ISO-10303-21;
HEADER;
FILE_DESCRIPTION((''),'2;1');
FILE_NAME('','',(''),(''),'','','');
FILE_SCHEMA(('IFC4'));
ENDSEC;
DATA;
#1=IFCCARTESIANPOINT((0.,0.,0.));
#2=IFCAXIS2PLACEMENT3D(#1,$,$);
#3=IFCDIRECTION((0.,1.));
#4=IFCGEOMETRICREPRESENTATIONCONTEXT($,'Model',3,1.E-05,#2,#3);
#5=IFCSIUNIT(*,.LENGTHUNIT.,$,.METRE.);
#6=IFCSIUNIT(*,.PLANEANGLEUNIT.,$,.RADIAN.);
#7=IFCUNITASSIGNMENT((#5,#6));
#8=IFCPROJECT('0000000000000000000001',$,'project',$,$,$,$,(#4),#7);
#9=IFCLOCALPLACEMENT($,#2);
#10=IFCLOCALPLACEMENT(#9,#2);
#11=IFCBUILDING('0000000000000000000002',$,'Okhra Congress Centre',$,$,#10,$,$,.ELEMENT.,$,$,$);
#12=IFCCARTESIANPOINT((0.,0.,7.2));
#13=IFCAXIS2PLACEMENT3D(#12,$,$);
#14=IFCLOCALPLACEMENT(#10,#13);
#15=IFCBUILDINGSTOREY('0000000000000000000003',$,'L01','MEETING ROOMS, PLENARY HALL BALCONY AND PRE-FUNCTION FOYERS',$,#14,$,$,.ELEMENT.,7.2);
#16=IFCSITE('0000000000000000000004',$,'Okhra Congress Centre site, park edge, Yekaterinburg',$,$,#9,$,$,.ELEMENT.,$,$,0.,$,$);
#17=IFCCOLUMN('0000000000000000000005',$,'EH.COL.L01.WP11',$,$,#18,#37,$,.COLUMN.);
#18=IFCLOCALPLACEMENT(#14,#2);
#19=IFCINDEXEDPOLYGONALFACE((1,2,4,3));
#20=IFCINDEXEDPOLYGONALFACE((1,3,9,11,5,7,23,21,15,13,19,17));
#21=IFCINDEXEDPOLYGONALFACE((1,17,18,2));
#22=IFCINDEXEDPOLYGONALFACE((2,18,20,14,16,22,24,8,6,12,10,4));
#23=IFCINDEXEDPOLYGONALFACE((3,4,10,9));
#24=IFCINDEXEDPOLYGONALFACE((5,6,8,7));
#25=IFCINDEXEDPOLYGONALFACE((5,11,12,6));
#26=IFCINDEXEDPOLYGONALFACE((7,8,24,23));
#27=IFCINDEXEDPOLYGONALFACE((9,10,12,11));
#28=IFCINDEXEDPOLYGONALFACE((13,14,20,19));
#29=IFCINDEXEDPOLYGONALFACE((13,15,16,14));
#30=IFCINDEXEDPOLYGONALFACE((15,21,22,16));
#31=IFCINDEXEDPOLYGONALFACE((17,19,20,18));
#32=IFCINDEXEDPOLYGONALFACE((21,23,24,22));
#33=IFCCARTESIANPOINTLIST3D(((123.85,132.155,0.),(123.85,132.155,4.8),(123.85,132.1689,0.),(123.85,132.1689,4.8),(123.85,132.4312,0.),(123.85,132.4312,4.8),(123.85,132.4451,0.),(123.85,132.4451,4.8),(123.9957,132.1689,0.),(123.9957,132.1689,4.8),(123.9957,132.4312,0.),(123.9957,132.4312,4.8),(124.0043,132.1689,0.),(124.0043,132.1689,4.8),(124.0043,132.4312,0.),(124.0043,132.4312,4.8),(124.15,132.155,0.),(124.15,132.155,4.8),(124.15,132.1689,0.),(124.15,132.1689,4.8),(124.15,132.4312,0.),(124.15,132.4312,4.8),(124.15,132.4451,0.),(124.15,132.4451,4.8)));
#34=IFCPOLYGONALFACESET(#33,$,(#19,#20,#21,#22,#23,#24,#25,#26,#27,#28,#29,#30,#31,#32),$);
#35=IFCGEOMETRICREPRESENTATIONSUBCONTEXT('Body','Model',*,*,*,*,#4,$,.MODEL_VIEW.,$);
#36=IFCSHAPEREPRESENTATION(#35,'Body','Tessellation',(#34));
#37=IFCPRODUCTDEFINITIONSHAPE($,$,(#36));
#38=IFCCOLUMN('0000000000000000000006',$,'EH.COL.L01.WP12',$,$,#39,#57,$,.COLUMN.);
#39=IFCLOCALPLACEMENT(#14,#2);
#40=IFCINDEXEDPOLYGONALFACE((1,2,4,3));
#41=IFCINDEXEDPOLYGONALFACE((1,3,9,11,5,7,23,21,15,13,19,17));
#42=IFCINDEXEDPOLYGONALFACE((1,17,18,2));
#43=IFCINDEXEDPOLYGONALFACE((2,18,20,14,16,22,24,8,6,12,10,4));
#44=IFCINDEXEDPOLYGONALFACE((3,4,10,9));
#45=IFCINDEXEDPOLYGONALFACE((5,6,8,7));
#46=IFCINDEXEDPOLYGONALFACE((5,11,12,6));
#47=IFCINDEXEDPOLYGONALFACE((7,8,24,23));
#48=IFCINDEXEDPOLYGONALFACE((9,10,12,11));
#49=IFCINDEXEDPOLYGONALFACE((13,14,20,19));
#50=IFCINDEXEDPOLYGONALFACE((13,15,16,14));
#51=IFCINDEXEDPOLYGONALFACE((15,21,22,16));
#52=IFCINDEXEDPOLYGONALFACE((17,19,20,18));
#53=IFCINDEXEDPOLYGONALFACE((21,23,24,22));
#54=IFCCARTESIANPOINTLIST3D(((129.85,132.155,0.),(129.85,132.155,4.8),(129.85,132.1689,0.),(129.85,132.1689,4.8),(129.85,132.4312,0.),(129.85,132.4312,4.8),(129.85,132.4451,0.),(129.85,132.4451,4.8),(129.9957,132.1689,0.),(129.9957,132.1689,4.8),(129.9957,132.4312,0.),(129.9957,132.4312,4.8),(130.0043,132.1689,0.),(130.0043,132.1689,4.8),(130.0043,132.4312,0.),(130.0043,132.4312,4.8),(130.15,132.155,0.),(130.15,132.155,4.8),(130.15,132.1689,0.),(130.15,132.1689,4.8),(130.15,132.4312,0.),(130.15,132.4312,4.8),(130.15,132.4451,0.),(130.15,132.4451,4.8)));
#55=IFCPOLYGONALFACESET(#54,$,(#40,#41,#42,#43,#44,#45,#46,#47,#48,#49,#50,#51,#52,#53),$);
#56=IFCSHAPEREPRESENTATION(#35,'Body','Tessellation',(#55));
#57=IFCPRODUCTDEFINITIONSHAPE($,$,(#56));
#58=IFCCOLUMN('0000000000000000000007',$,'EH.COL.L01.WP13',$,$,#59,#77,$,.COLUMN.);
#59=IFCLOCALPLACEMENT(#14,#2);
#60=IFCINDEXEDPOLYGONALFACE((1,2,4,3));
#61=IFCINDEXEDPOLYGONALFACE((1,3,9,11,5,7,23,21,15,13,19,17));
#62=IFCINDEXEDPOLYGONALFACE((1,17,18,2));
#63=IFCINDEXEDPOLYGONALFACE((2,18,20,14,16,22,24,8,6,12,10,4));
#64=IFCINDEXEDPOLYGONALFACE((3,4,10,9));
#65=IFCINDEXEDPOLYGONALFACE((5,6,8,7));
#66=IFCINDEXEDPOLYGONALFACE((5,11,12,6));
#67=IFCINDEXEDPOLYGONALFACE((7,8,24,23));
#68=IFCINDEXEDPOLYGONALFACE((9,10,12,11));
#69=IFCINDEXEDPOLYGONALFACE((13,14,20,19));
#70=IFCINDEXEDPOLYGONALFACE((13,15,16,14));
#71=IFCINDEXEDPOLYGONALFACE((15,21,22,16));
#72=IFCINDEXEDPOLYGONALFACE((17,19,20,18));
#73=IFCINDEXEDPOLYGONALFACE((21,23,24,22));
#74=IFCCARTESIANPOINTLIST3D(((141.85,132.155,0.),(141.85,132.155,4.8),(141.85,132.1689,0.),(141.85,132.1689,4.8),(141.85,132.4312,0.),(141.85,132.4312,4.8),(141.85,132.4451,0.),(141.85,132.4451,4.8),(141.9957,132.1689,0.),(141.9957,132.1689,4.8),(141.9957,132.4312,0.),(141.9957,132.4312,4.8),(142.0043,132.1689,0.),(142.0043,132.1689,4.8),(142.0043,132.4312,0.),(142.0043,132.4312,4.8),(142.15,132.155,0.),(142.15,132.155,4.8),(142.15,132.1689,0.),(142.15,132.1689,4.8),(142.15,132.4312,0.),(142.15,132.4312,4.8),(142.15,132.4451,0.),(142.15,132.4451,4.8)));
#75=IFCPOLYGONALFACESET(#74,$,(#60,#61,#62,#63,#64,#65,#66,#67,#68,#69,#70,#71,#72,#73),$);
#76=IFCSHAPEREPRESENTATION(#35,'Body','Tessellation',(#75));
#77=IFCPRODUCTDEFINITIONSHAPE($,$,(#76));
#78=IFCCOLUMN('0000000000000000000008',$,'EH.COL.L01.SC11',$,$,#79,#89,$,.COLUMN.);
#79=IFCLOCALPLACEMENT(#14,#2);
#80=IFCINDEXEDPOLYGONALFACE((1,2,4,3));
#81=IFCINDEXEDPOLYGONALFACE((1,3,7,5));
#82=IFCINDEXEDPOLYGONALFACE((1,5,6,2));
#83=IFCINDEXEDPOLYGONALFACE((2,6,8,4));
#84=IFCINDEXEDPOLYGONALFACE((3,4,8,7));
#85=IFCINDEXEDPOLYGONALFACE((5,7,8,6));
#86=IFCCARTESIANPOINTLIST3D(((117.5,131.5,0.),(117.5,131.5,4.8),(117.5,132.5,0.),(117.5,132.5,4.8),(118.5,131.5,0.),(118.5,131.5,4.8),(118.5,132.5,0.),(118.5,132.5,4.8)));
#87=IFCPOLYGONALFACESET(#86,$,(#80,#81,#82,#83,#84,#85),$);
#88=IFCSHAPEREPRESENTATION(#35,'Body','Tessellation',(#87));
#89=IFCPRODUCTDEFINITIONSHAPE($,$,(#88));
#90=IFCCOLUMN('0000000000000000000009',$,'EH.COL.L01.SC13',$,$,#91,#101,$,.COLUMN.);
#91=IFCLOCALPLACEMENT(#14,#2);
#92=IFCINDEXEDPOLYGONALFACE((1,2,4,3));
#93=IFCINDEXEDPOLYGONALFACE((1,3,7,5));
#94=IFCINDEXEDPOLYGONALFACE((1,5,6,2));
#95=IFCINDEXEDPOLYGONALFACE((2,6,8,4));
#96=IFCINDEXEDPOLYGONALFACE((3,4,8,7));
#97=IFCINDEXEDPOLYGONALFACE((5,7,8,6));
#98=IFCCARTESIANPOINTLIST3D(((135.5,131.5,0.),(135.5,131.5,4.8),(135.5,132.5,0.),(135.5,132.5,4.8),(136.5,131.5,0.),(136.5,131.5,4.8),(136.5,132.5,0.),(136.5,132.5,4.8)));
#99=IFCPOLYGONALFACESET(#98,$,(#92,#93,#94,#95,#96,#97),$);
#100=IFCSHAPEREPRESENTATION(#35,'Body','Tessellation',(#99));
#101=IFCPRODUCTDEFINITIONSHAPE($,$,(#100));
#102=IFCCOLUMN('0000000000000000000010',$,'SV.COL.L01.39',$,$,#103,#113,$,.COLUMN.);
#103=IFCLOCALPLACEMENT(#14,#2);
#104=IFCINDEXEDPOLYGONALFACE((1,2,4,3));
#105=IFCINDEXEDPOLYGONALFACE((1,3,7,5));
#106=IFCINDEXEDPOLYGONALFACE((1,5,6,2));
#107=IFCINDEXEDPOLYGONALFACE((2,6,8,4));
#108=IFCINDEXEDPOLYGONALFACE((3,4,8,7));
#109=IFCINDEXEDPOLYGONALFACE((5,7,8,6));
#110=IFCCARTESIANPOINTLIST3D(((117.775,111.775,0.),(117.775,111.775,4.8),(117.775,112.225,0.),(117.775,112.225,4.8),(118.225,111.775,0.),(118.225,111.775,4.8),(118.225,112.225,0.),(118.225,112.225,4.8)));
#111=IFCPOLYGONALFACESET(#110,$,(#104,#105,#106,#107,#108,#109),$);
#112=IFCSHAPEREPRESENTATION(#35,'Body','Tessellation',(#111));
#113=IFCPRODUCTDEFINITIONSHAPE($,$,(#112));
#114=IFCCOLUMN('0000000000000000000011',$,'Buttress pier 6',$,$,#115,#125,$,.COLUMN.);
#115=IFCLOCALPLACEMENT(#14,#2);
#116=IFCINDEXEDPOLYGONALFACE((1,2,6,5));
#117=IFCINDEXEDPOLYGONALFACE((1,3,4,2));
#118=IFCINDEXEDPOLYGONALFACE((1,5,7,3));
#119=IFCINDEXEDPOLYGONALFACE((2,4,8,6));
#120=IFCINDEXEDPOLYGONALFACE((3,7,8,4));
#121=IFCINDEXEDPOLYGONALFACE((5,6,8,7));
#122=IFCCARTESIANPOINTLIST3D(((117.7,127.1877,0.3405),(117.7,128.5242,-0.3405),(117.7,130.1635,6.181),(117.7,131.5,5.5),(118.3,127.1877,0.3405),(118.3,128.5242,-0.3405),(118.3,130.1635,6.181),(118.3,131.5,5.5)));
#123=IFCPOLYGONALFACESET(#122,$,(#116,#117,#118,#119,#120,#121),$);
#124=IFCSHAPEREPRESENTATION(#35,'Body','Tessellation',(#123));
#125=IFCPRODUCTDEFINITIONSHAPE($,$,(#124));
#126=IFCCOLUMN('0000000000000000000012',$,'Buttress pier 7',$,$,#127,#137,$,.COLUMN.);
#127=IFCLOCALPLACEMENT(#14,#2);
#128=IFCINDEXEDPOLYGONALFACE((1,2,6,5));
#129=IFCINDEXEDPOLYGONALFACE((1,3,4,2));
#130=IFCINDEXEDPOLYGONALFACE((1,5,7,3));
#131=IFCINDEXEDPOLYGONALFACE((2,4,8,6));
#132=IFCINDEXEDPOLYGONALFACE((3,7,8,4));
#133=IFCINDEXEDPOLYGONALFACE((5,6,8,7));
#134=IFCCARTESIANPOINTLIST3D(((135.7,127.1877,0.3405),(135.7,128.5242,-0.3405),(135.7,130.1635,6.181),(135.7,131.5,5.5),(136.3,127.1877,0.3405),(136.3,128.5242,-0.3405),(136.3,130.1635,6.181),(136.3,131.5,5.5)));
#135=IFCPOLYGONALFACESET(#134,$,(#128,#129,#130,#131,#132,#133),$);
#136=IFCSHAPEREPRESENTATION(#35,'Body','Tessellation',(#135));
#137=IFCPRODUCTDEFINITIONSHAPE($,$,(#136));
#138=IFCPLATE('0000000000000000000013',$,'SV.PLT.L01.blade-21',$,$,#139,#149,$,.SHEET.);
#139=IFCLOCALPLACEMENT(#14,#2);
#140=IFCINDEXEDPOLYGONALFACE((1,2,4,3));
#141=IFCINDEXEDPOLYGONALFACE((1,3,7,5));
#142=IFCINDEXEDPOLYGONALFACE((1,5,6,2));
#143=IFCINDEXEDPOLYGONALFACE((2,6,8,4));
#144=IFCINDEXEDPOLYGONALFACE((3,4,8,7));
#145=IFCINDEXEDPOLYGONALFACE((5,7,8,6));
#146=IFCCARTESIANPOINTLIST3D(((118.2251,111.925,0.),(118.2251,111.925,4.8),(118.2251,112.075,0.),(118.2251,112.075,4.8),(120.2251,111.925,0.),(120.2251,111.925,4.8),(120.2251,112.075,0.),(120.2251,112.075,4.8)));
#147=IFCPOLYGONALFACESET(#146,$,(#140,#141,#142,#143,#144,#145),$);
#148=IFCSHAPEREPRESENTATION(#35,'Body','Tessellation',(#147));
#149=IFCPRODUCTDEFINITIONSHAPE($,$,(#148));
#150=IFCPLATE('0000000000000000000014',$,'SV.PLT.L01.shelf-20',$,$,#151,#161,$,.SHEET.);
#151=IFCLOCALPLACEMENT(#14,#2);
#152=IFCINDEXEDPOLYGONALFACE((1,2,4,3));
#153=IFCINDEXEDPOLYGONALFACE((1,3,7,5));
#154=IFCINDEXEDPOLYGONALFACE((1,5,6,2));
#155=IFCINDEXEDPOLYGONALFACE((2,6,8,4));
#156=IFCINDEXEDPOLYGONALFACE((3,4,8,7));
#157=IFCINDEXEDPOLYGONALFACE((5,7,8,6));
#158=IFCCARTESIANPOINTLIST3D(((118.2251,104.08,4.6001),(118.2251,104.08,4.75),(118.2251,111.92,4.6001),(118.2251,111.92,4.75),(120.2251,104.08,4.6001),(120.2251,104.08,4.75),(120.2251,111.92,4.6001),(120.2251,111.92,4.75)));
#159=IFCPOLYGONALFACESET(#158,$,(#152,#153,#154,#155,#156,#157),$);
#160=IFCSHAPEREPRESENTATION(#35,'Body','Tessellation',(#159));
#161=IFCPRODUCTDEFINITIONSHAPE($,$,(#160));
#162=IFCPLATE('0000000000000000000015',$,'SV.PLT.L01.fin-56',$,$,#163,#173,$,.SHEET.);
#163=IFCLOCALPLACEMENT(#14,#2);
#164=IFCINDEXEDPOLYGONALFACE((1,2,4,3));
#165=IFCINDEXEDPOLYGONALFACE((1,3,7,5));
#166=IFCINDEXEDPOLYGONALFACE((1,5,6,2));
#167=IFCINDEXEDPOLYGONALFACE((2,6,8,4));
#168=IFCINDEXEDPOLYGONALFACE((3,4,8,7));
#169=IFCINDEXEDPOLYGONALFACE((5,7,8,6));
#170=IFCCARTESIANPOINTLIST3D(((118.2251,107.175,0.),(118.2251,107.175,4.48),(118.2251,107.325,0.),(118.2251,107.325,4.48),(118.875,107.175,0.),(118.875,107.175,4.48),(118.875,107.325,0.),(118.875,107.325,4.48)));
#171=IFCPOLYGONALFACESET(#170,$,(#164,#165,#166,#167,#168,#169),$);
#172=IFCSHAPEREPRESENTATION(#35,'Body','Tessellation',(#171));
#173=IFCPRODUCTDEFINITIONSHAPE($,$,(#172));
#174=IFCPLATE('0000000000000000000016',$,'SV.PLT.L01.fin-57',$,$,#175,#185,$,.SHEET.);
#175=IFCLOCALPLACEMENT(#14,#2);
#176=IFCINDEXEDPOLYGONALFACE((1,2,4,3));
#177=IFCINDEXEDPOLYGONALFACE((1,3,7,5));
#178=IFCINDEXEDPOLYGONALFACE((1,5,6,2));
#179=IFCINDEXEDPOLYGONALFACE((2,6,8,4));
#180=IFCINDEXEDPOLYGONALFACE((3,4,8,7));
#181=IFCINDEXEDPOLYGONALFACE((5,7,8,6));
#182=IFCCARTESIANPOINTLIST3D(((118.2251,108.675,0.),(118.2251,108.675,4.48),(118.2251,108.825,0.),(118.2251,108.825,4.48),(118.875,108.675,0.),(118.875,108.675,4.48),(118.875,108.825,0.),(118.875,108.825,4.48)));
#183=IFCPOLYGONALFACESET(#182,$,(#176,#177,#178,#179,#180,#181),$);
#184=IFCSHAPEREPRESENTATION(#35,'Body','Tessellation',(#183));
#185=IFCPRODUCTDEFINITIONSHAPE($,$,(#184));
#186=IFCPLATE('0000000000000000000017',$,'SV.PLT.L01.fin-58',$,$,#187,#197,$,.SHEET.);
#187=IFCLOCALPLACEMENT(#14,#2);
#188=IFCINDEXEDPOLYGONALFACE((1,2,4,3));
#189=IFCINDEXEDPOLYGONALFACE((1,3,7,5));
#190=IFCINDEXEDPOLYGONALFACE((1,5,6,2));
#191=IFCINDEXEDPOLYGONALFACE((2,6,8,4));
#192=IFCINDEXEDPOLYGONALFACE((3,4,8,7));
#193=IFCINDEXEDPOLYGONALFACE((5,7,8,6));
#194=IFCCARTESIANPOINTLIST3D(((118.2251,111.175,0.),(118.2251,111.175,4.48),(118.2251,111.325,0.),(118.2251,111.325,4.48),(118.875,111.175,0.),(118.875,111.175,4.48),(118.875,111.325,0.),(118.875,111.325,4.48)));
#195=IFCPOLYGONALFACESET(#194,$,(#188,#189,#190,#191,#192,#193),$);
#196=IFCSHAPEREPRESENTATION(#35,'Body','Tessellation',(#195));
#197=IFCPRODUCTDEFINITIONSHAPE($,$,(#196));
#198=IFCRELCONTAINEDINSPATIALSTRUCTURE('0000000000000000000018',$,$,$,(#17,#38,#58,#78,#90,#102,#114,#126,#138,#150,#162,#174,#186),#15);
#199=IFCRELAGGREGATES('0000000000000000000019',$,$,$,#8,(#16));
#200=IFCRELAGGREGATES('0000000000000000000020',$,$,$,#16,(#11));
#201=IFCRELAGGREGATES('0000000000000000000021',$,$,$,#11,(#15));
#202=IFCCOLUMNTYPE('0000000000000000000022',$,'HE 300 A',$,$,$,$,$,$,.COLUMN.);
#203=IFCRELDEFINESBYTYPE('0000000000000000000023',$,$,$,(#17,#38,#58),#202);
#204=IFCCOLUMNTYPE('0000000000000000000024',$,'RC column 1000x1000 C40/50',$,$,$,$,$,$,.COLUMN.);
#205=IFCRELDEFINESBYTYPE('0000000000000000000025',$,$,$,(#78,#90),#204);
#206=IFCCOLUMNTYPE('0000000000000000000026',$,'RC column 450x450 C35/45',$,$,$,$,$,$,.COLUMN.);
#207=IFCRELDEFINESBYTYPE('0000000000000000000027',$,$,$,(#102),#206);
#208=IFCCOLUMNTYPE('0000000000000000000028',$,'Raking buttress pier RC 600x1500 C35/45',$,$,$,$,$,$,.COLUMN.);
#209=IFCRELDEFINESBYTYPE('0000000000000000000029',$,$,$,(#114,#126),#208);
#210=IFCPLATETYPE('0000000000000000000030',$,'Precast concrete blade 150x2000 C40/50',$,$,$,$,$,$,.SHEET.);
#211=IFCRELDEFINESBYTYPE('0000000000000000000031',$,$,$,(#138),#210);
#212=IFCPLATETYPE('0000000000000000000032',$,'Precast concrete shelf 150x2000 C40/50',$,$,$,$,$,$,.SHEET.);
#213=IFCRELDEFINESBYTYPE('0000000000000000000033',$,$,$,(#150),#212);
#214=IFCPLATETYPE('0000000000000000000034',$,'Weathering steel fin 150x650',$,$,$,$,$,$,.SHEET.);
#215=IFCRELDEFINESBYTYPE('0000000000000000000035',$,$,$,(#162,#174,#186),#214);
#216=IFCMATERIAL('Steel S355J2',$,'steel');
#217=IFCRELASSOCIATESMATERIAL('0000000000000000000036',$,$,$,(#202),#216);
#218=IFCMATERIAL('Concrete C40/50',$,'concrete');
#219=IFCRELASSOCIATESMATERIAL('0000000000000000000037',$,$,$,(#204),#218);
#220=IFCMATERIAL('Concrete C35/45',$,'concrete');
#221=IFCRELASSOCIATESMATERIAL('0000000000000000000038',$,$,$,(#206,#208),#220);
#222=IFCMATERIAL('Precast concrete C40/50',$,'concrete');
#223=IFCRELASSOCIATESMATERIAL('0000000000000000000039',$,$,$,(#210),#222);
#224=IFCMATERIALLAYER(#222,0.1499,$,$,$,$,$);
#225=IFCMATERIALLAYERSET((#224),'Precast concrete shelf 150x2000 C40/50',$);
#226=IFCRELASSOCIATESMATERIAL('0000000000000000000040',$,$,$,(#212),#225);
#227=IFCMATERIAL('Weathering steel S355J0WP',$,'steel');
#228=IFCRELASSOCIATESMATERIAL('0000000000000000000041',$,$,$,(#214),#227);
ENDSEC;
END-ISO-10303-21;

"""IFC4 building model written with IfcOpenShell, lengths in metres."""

from ifc_helpers import new_model, si_unit, direction, frame, origin, origin_2d, place, context, subcontext, project, spatial, rectangle, i_section, extrude, material, layer, layer_set, material_profile, profile_set, type_object, element, save


model = new_model("IFC4")

# Units and contexts
model_context = context("Model", 3, precision=1e-05, world=origin(), true_north=direction((0.0, 1.0)))
body_context = subcontext(model_context, "Body", "Model", "MODEL_VIEW")
ifc_project = project(units=[si_unit("LENGTHUNIT", "METRE"), si_unit("PLANEANGLEUNIT", "RADIAN")], contexts=[model_context])

# Site, building, storey
site_placement = place(None, origin())
site = spatial("IfcSite", under=ifc_project, at=site_placement, Name="Okhra Congress Centre site, park edge, Yekaterinburg", CompositionType="ELEMENT", RefElevation=0.0)
building_placement = place(site_placement, origin())
building = spatial("IfcBuilding", under=site, at=building_placement, Name="Okhra Congress Centre", CompositionType="ELEMENT")
storey_placement = place(building_placement, frame((0.0, 0.0, 7.2)))
storey = spatial("IfcBuildingStorey", under=building, at=storey_placement, Name="L01", Description="MEETING ROOMS, PLENARY HALL BALCONY AND PRE-FUNCTION FOYERS", CompositionType="ELEMENT", Elevation=7.2)

# Columns
ifc_material_1 = material(Name="Steel S355J2", Category="steel")
ifc_material_profile_1 = material_profile(ifc_material_1, i_section(OverallWidth=0.3, OverallDepth=0.29, WebThickness=0.0085, FlangeThickness=0.0139, at=origin_2d()), Name="HE 300 A")
ifc_profile_set_1 = profile_set([ifc_material_profile_1], Name="Steel S355J2")
column_type_1 = type_object("IfcColumnType", Name="HE 300 A", PredefinedType="COLUMN", material=ifc_profile_set_1)
for number, where, z_axis, x_axis, name in (
    (1, (124.0, 132.3, 0.0), (0.0, 0.0, 1.0), (1.0, 0.0, 0.0), "EH.COL.L01.WP11"),
    (2, (130.0, 132.3, 0.0), (0.0, 0.0, 1.0), (1.0, 0.0, 0.0), "EH.COL.L01.WP12"),
    (3, (142.0, 132.3, 0.0), (0.0, 0.0, 1.0), (1.0, 0.0, 0.0), "EH.COL.L01.WP13"),
):
    element("IfcColumn", number, at=place(storey_placement, frame(where, z_axis=z_axis, x_axis=x_axis)), inside=storey, type_object=column_type_1, Name=name, PredefinedType="COLUMN", context=body_context, shape_type="SweptSolid", body=[
        extrude(i_section(OverallWidth=0.3, OverallDepth=0.29, WebThickness=0.0085, FlangeThickness=0.0139, at=origin_2d()), origin(), (0.0, 0.0, 1.0), 4.8),
    ])
ifc_material_2 = material(Name="Concrete C40/50", Category="concrete")
ifc_material_profile_2 = material_profile(ifc_material_2, rectangle(XDim=1.0, YDim=1.0, at=origin_2d()), Name="RC 1000x1000")
ifc_profile_set_2 = profile_set([ifc_material_profile_2], Name="Concrete C40/50")
column_type_2 = type_object("IfcColumnType", Name="RC column 1000x1000 C40/50", PredefinedType="COLUMN", material=ifc_profile_set_2)
for number, where, z_axis, x_axis, name in (
    (4, (118.0, 132.0, 0.0), (0.0, 0.0, 1.0), (1.0, 0.0, 0.0), "EH.COL.L01.SC11"),
    (5, (136.0, 132.0, 0.0), (0.0, 0.0, 1.0), (1.0, 0.0, 0.0), "EH.COL.L01.SC13"),
):
    element("IfcColumn", number, at=place(storey_placement, frame(where, z_axis=z_axis, x_axis=x_axis)), inside=storey, type_object=column_type_2, Name=name, PredefinedType="COLUMN", context=body_context, shape_type="SweptSolid", body=[
        extrude(rectangle(XDim=1.0, YDim=1.0, at=origin_2d()), origin(), (0.0, 0.0, 1.0), 4.8),
    ])
ifc_material_3 = material(Name="Concrete C35/45", Category="concrete")
ifc_material_profile_3 = material_profile(ifc_material_3, rectangle(XDim=0.45, YDim=0.45, at=origin_2d()), Name="RC 450x450")
ifc_profile_set_3 = profile_set([ifc_material_profile_3], Name="Concrete C35/45")
column_type_3 = type_object("IfcColumnType", Name="RC column 450x450 C35/45", PredefinedType="COLUMN", material=ifc_profile_set_3)
column_placement = place(storey_placement, frame((118.0, 112.0, 0.0), z_axis=(0.0, 0.0, 1.0), x_axis=(1.0, 0.0, 0.0)))
element("IfcColumn", 6, at=column_placement, inside=storey, type_object=column_type_3, Name="SV.COL.L01.39", PredefinedType="COLUMN", context=body_context, shape_type="SweptSolid", body=[
    extrude(rectangle(XDim=0.45, YDim=0.45, at=origin_2d()), origin(), (0.0, 0.0, 1.0), 4.8),
])
ifc_material_profile_4 = material_profile(ifc_material_3, rectangle(XDim=0.6001, YDim=1.5, at=origin_2d()), Name="RC 600x1500")
ifc_profile_set_4 = profile_set([ifc_material_profile_4], Name="Concrete C35/45")
column_type_4 = type_object("IfcColumnType", Name="Raking buttress pier RC 600x1500 C35/45", PredefinedType="COLUMN", material=ifc_profile_set_4)
for number, where, z_axis, x_axis, name in (
    (7, (118.0, 127.856, 0.0), (0.0, 0.453979, 0.891012), (-1.0, 0.0, 0.0), "Buttress pier 6"),
    (8, (136.0, 127.856, 0.0), (0.0, 0.453979, 0.891012), (-1.0, 0.0, 0.0), "Buttress pier 7"),
):
    element("IfcColumn", number, at=place(storey_placement, frame(where, z_axis=z_axis, x_axis=x_axis)), inside=storey, type_object=column_type_4, Name=name, PredefinedType="COLUMN", context=body_context, shape_type="SweptSolid", body=[
        extrude(rectangle(XDim=0.6001, YDim=1.5, at=origin_2d()), origin(), (0.0, 0.0, 1.0), 6.5549),
    ])

# Plates
ifc_material_4 = material(Name="Precast concrete C40/50", Category="concrete")
plate_type_1 = type_object("IfcPlateType", Name="Precast concrete blade 150x2000 C40/50", PredefinedType="SHEET", material=ifc_material_4)
plate_1_placement = place(storey_placement, frame((119.2251, 112.0, 0.0), z_axis=(0.0, 0.0, 1.0), x_axis=(0.0, 1.0, 0.0)))
element("IfcPlate", 9, at=plate_1_placement, inside=storey, type_object=plate_type_1, Name="SV.PLT.L01.blade-21", PredefinedType="SHEET", context=body_context, shape_type="SweptSolid", body=[
    extrude(rectangle(XDim=0.1499, YDim=2.0, at=origin_2d()), origin(), (0.0, 0.0, 1.0), 4.8),
])
ifc_layer_1 = layer(ifc_material_4, 0.1499)
ifc_layer_set_1 = layer_set([ifc_layer_1], Name="Precast concrete shelf 150x2000 C40/50")
plate_type_2 = type_object("IfcPlateType", Name="Precast concrete shelf 150x2000 C40/50", PredefinedType="SHEET", material=ifc_layer_set_1)
plate_2_placement = place(storey_placement, frame((119.2251, 108.0, 4.6001), z_axis=(0.0, 0.0, 1.0), x_axis=(0.0, 1.0, 0.0)))
element("IfcPlate", 10, at=plate_2_placement, inside=storey, type_object=plate_type_2, Name="SV.PLT.L01.shelf-20", PredefinedType="SHEET", context=body_context, shape_type="SweptSolid", body=[
    extrude(rectangle(XDim=7.8401, YDim=2.0, at=origin_2d()), origin(), (0.0, 0.0, 1.0), 0.1499),
])
ifc_material_5 = material(Name="Weathering steel S355J0WP", Category="steel")
plate_type_3 = type_object("IfcPlateType", Name="Weathering steel fin 150x650", PredefinedType="SHEET", material=ifc_material_5)
for number, where, z_axis, x_axis, name in (
    (11, (118.55, 107.25, 0.0), (0.0, 0.0, 1.0), (0.0, 1.0, 0.0), "SV.PLT.L01.fin-56"),
    (12, (118.55, 108.75, 0.0), (0.0, 0.0, 1.0), (0.0, 1.0, 0.0), "SV.PLT.L01.fin-57"),
    (13, (118.55, 111.25, 0.0), (0.0, 0.0, 1.0), (0.0, 1.0, 0.0), "SV.PLT.L01.fin-58"),
):
    element("IfcPlate", number, at=place(storey_placement, frame(where, z_axis=z_axis, x_axis=x_axis)), inside=storey, type_object=plate_type_3, Name=name, PredefinedType="SHEET", context=body_context, shape_type="SweptSolid", body=[
        extrude(rectangle(XDim=0.1499, YDim=0.6499, at=origin_2d()), origin(), (0.0, 0.0, 1.0), 4.48),
    ])

save(model, "model.ifc")
